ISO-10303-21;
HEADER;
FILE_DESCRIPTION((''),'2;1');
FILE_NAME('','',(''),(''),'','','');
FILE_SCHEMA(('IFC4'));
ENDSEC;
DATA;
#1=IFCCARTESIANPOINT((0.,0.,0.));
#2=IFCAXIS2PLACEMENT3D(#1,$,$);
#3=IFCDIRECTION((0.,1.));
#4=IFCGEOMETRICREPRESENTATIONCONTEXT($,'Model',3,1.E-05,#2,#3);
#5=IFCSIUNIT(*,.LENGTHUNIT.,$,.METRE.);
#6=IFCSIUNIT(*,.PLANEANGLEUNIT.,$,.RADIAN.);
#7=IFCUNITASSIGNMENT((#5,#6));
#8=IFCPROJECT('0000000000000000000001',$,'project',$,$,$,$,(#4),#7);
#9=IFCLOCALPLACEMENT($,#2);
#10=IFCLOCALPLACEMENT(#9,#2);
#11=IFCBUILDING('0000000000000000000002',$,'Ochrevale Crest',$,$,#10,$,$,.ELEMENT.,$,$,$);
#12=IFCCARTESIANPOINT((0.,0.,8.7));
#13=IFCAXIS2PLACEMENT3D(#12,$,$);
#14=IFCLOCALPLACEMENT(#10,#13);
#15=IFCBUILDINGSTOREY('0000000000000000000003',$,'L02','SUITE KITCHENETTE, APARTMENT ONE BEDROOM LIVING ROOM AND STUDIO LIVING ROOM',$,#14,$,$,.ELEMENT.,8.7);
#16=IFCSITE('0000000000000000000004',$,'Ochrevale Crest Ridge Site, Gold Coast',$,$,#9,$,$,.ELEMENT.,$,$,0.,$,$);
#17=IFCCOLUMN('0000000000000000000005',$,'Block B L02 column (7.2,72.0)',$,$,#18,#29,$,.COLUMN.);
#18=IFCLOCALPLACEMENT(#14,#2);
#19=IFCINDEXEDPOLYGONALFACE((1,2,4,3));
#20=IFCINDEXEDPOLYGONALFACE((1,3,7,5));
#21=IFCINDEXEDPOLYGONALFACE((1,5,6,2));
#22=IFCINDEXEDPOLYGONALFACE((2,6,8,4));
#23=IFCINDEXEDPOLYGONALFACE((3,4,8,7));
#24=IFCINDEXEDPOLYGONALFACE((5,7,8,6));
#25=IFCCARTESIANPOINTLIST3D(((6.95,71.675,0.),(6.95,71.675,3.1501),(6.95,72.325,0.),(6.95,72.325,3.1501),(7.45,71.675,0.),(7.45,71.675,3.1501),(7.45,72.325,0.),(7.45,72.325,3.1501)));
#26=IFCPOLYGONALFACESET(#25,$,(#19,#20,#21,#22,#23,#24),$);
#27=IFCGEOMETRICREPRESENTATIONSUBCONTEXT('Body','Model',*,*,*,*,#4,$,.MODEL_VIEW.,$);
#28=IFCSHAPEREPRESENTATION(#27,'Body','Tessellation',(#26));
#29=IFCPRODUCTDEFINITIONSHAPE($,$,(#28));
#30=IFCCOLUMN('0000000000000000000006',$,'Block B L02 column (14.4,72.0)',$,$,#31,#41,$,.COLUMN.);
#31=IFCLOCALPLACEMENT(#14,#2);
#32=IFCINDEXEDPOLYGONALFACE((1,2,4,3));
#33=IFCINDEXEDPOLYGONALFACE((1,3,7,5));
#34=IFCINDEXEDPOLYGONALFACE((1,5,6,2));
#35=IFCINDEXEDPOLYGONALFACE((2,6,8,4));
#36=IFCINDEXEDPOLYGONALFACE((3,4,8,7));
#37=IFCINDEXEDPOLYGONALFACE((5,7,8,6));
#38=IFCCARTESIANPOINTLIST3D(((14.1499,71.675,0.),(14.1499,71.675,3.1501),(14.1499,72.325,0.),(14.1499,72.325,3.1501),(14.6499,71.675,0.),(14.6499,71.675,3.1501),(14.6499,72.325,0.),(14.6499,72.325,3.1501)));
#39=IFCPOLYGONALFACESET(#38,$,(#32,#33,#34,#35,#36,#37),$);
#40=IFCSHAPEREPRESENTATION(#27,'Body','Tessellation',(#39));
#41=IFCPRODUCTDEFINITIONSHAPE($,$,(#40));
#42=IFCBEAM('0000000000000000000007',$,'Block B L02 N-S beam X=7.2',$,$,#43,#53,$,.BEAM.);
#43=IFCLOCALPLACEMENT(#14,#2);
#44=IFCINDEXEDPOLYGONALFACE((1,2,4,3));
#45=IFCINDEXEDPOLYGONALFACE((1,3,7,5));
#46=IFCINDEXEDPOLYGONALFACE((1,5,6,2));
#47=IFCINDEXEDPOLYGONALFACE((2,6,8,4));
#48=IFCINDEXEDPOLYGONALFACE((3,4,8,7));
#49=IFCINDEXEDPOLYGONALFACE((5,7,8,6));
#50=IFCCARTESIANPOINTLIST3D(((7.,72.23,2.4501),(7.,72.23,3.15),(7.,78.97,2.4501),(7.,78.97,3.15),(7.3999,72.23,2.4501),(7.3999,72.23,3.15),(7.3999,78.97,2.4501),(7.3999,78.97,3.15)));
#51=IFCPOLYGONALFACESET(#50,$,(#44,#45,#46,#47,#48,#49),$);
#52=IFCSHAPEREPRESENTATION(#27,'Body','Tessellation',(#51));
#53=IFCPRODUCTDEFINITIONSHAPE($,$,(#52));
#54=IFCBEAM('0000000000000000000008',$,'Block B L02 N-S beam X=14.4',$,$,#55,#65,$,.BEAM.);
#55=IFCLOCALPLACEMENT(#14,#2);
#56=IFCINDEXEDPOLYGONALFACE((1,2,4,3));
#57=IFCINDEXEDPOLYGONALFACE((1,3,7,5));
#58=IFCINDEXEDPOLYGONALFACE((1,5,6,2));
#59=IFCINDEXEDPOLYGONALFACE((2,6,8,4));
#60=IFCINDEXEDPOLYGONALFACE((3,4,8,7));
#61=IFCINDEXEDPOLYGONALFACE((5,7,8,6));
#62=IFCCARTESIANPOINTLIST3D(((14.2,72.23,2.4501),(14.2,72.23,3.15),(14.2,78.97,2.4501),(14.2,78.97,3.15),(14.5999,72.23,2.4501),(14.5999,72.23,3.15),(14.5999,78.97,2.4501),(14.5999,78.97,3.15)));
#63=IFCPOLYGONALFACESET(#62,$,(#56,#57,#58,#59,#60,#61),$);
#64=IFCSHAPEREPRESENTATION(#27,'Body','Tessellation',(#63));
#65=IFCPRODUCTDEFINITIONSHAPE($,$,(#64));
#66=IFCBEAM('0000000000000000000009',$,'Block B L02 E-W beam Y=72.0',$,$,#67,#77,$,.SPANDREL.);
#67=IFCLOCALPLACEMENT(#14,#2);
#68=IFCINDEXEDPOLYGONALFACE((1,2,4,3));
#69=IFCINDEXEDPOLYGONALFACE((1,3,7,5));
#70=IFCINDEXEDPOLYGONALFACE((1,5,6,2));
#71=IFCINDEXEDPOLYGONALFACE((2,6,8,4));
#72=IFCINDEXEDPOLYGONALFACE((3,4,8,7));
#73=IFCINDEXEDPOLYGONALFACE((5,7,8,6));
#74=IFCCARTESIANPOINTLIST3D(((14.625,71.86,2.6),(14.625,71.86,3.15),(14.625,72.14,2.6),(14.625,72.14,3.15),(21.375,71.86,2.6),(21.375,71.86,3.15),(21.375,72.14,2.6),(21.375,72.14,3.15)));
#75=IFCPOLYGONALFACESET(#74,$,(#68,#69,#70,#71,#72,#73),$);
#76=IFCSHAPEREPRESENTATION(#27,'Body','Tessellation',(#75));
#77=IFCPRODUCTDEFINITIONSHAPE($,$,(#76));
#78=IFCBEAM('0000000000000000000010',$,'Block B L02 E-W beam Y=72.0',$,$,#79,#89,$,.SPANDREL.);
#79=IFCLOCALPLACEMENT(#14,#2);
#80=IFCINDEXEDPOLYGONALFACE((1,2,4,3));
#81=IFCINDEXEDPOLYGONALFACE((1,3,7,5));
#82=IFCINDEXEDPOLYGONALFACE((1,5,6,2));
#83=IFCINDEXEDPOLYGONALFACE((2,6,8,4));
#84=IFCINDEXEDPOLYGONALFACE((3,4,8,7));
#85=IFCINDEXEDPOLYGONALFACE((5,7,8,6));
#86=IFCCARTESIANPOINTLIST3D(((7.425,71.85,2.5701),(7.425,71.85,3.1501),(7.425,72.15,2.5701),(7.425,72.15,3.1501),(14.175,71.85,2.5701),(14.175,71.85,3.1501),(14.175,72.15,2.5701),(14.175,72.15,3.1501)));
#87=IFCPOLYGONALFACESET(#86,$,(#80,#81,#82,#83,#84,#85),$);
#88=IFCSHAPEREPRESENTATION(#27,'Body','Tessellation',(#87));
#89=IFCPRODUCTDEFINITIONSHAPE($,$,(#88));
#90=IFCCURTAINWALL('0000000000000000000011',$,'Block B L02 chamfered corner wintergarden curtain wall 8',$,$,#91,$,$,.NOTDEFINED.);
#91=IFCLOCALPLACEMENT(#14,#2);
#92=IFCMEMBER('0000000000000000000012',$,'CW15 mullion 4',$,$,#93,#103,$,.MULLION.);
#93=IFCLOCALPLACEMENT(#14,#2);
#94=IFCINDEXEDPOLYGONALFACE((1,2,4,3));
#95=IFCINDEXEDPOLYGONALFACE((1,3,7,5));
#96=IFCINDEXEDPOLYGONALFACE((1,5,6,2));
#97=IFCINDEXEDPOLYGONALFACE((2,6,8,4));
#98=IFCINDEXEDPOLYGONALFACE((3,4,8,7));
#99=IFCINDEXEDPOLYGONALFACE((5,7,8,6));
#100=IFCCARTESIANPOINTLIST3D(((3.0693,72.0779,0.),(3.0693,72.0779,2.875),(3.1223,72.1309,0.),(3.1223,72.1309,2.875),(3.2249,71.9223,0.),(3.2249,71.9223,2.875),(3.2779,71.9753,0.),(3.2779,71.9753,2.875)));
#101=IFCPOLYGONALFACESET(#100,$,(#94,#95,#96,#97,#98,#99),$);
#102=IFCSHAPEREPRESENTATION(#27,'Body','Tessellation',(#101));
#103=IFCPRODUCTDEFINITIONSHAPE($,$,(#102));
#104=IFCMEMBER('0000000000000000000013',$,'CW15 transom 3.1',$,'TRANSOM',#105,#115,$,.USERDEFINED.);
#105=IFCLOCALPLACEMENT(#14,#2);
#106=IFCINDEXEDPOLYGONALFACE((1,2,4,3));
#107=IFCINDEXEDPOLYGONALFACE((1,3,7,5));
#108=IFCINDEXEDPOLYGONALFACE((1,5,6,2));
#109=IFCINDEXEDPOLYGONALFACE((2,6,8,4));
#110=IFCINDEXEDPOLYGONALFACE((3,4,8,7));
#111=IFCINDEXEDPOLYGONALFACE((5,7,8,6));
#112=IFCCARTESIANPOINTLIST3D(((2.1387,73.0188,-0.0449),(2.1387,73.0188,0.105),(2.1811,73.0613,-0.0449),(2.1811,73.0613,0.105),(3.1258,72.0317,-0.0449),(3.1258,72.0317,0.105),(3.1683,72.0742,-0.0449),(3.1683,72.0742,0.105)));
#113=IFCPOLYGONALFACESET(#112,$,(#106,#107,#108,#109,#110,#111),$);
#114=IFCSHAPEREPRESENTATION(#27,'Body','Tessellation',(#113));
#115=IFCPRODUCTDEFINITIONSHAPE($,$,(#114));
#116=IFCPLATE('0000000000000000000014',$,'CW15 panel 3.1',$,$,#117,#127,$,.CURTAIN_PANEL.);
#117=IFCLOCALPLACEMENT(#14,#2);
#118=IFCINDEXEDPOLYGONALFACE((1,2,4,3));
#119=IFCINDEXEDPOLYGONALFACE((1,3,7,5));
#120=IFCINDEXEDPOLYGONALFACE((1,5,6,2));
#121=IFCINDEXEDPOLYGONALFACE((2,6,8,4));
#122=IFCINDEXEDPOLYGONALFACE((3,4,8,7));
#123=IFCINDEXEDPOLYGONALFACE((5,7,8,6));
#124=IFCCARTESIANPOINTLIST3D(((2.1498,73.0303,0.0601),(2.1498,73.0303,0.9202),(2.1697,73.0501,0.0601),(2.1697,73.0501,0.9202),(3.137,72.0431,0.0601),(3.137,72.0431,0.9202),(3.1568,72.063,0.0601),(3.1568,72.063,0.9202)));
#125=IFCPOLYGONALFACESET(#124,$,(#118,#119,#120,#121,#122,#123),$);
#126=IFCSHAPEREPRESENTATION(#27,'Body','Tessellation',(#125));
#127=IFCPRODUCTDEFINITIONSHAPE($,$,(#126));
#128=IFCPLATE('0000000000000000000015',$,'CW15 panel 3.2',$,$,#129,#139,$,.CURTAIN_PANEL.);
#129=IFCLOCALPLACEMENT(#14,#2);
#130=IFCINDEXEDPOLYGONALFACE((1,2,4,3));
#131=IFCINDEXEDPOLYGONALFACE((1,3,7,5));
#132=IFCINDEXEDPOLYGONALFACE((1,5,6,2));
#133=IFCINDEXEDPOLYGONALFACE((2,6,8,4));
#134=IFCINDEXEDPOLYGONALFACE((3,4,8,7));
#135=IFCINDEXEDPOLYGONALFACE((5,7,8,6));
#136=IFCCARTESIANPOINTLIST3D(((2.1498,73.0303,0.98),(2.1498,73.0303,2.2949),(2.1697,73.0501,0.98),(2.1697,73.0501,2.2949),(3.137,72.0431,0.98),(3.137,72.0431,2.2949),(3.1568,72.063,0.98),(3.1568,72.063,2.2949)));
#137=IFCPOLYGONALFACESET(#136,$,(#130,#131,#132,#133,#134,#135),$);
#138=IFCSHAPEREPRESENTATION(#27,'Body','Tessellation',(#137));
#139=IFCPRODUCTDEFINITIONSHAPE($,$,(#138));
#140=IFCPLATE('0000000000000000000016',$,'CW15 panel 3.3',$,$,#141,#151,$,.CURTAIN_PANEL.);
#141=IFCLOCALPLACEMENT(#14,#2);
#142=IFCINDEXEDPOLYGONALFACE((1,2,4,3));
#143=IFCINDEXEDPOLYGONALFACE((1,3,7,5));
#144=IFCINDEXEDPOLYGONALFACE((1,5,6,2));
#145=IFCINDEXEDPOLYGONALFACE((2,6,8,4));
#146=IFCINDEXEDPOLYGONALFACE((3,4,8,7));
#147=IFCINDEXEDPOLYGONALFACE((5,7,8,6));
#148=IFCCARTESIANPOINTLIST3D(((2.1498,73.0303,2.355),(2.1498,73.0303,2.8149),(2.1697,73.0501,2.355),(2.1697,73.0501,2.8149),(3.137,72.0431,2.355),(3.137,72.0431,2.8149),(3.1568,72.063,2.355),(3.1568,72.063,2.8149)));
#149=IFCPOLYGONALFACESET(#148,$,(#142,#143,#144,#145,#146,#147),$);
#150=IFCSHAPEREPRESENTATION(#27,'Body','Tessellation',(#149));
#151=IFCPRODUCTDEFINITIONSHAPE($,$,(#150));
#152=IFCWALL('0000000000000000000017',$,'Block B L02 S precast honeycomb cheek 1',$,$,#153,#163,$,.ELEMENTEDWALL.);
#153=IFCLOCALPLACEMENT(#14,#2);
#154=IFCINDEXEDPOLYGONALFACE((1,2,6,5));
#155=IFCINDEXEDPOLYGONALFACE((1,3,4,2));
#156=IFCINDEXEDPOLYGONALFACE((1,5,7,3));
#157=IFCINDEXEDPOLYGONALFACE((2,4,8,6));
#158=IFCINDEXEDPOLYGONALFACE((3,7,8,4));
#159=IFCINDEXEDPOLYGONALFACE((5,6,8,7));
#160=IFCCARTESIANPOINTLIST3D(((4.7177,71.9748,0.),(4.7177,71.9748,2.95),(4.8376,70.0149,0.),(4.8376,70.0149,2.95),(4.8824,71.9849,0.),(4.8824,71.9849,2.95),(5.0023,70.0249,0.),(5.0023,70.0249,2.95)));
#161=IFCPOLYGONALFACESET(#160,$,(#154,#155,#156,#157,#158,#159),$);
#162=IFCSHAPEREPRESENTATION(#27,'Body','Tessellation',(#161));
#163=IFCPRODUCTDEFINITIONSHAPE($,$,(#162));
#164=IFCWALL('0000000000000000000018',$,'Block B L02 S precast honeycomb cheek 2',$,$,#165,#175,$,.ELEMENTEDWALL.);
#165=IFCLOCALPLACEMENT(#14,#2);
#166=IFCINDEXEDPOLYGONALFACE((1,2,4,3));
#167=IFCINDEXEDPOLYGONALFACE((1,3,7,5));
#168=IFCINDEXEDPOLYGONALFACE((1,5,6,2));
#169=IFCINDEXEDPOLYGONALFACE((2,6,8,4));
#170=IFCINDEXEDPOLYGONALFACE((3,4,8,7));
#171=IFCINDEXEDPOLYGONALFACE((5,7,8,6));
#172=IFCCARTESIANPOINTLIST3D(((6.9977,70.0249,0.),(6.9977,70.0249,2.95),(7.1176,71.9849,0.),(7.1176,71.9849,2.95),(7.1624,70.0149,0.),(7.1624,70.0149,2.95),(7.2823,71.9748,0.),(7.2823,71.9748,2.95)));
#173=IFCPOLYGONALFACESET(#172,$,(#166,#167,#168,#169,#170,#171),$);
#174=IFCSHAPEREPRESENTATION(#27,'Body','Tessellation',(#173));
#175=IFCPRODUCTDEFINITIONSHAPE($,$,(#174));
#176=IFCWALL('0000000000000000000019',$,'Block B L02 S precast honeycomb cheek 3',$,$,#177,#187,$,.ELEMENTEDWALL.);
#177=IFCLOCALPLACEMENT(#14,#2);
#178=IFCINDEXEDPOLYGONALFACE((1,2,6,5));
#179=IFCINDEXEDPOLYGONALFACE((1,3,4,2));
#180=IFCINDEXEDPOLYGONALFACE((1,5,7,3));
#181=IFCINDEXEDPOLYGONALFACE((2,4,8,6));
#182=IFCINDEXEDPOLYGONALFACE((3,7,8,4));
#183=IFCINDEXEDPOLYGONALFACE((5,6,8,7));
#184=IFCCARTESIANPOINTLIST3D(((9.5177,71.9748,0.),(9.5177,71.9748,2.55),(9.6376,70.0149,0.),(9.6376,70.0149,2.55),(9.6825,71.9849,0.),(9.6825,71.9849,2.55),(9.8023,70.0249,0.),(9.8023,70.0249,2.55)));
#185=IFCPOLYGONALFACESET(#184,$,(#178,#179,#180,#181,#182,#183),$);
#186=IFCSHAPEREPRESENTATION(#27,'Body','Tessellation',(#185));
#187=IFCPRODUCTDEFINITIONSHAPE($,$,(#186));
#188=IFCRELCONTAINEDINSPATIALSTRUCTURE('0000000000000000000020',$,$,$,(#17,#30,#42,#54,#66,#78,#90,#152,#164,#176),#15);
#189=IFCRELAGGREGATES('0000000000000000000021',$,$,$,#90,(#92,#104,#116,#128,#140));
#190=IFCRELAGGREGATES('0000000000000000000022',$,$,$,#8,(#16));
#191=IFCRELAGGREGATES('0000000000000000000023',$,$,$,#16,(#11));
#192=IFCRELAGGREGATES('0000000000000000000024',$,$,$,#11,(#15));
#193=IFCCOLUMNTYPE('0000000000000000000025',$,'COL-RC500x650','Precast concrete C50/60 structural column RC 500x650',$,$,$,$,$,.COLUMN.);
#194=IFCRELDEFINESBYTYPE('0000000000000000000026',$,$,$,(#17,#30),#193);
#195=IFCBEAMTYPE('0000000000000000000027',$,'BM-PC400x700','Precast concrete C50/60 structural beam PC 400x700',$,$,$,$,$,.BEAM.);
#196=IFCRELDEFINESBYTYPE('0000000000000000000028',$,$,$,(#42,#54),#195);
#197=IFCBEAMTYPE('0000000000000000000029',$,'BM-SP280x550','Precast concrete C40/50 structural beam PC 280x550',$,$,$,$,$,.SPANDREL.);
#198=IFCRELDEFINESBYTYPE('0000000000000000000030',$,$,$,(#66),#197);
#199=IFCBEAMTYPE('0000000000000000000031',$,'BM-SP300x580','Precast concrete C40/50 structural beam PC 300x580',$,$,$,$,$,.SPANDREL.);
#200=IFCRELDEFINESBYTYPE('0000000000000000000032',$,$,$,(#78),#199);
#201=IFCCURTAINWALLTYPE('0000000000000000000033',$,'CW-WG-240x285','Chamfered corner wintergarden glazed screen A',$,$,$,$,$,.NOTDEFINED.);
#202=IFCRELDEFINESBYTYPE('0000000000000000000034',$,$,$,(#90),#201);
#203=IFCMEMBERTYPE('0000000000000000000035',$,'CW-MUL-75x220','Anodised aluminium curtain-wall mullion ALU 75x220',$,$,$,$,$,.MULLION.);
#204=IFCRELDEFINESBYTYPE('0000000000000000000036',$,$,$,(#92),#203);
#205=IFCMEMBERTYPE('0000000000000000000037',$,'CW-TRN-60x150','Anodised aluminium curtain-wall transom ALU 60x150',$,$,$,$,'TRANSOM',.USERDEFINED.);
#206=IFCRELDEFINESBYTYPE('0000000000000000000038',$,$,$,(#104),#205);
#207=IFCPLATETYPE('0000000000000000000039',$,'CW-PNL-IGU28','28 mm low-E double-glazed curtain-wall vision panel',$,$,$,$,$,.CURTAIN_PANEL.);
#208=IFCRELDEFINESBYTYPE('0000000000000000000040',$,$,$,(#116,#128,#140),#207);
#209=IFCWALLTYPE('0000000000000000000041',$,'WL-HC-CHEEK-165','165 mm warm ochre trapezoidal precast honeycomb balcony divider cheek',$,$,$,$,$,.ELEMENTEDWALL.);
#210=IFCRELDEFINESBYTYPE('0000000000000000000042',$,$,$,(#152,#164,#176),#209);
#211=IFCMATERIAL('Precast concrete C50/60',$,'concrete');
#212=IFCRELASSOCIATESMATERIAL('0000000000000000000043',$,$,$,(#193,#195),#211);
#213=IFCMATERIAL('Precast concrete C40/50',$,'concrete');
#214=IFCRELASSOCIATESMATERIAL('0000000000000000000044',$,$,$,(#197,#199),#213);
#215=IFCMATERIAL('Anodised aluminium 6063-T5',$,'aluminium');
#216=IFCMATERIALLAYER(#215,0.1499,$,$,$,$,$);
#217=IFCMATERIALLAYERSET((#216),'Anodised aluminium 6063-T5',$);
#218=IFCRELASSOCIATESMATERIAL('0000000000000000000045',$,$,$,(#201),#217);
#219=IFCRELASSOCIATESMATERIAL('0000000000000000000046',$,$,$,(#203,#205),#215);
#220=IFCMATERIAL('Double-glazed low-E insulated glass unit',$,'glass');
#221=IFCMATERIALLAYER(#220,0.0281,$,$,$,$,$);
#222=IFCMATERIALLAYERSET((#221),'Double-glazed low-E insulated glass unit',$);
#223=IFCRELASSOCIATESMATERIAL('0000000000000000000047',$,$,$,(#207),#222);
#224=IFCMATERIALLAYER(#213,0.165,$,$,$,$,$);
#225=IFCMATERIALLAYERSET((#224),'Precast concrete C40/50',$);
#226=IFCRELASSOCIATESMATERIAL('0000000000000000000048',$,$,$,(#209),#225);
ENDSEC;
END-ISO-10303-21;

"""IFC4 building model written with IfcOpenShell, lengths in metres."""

from ifc_helpers import new_model, si_unit, direction, frame, frame_2d, origin, origin_2d, place, context, subcontext, project, spatial, rectangle, extrude, material, layer, layer_set, material_profile, profile_set, type_object, element, aggregate, save


model = new_model("IFC4")

# Units and contexts
model_context = context("Model", 3, precision=1e-05, world=origin(), true_north=direction((0.0, 1.0)))
body_context = subcontext(model_context, "Body", "Model", "MODEL_VIEW")
ifc_project = project(units=[si_unit("LENGTHUNIT", "METRE"), si_unit("PLANEANGLEUNIT", "RADIAN")], contexts=[model_context])

# Site, building, storey
site_placement = place(None, origin())
site = spatial("IfcSite", under=ifc_project, at=site_placement, Name="Ochrevale Crest Ridge Site, Gold Coast", CompositionType="ELEMENT", RefElevation=0.0)
building_placement = place(site_placement, origin())
building = spatial("IfcBuilding", under=site, at=building_placement, Name="Ochrevale Crest", CompositionType="ELEMENT")
storey_placement = place(building_placement, frame((0.0, 0.0, 8.7)))
storey = spatial("IfcBuildingStorey", under=building, at=storey_placement, Name="L02", Description="SUITE KITCHENETTE, APARTMENT ONE BEDROOM LIVING ROOM AND STUDIO LIVING ROOM", CompositionType="ELEMENT", Elevation=8.7)

# Columns
ifc_material_1 = material(Name="Precast concrete C50/60", Category="concrete")
ifc_material_profile_1 = material_profile(ifc_material_1, rectangle(XDim=0.5, YDim=0.6499, at=origin_2d()), Name="RC 500x650")
ifc_profile_set_1 = profile_set([ifc_material_profile_1], Name="Precast concrete C50/60")
column_type = type_object("IfcColumnType", Name="COL-RC500x650", Description="Precast concrete C50/60 structural column RC 500x650", PredefinedType="COLUMN", material=ifc_profile_set_1)
for number, where, z_axis, x_axis, name in (
    (1, (7.2, 72.0, 0.0), (0.0, 0.0, 1.0), (1.0, 0.0, 0.0), "Block B L02 column (7.2,72.0)"),
    (2, (14.3999, 72.0, 0.0), (0.0, 0.0, 1.0), (1.0, 0.0, 0.0), "Block B L02 column (14.4,72.0)"),
):
    element("IfcColumn", number, at=place(storey_placement, frame(where, z_axis=z_axis, x_axis=x_axis)), inside=storey, type_object=column_type, Name=name, PredefinedType="COLUMN", context=body_context, shape_type="SweptSolid", body=[
        extrude(rectangle(XDim=0.5, YDim=0.6499, at=origin_2d()), origin(), (0.0, 0.0, 1.0), 3.1501),
    ])

# Beams
ifc_material_profile_2 = material_profile(ifc_material_1, rectangle(XDim=0.3999, YDim=0.7, at=origin_2d()), Name="PC 400x700")
ifc_profile_set_2 = profile_set([ifc_material_profile_2], Name="Precast concrete C50/60")
beam_type_1 = type_object("IfcBeamType", Name="BM-PC400x700", Description="Precast concrete C50/60 structural beam PC 400x700", PredefinedType="BEAM", material=ifc_profile_set_2)
for number, where, z_axis, x_axis, name in (
    (3, (7.2, 72.23, 2.8), (0.0, 1.0, 0.0), (-1.0, 0.0, 0.0), "Block B L02 N-S beam X=7.2"),
    (4, (14.3999, 72.23, 2.8), (0.0, 1.0, 0.0), (-1.0, 0.0, 0.0), "Block B L02 N-S beam X=14.4"),
):
    element("IfcBeam", number, at=place(storey_placement, frame(where, z_axis=z_axis, x_axis=x_axis)), inside=storey, type_object=beam_type_1, Name=name, PredefinedType="BEAM", context=body_context, shape_type="SweptSolid", body=[
        extrude(rectangle(XDim=0.3999, YDim=0.7, at=origin_2d()), origin(), (0.0, 0.0, 1.0), 6.74),
    ])
ifc_material_2 = material(Name="Precast concrete C40/50", Category="concrete")
ifc_material_profile_3 = material_profile(ifc_material_2, rectangle(XDim=0.28, YDim=0.55, at=origin_2d()), Name="PC 280x550")
ifc_profile_set_3 = profile_set([ifc_material_profile_3], Name="Precast concrete C40/50")
beam_type_2 = type_object("IfcBeamType", Name="BM-SP280x550", Description="Precast concrete C40/50 structural beam PC 280x550", PredefinedType="SPANDREL", material=ifc_profile_set_3)
beam_1_placement = place(storey_placement, frame((14.625, 72.0, 2.875), z_axis=(1.0, 0.0, 0.0), x_axis=(0.0, 1.0, 0.0)))
element("IfcBeam", 5, at=beam_1_placement, inside=storey, type_object=beam_type_2, Name="Block B L02 E-W beam Y=72.0", PredefinedType="SPANDREL", context=body_context, shape_type="SweptSolid", body=[
    extrude(rectangle(XDim=0.28, YDim=0.55, at=origin_2d()), origin(), (0.0, 0.0, 1.0), 6.75),
])
ifc_material_profile_4 = material_profile(ifc_material_2, rectangle(XDim=0.3, YDim=0.5801, at=origin_2d()), Name="PC 300x580")
ifc_profile_set_4 = profile_set([ifc_material_profile_4], Name="Precast concrete C40/50")
beam_type_3 = type_object("IfcBeamType", Name="BM-SP300x580", Description="Precast concrete C40/50 structural beam PC 300x580", PredefinedType="SPANDREL", material=ifc_profile_set_4)
beam_2_placement = place(storey_placement, frame((7.425, 72.0, 2.8601), z_axis=(1.0, 0.0, 0.0), x_axis=(0.0, 1.0, 0.0)))
element("IfcBeam", 6, at=beam_2_placement, inside=storey, type_object=beam_type_3, Name="Block B L02 E-W beam Y=72.0", PredefinedType="SPANDREL", context=body_context, shape_type="SweptSolid", body=[
    extrude(rectangle(XDim=0.3, YDim=0.5801, at=origin_2d()), origin(), (0.0, 0.0, 1.0), 6.75),
])

# Curtain wall, members, plates
ifc_material_3 = material(Name="Anodised aluminium 6063-T5", Category="aluminium")
ifc_layer_1 = layer(ifc_material_3, 0.1499)
ifc_layer_set_1 = layer_set([ifc_layer_1], Name="Anodised aluminium 6063-T5")
curtain_wall_type = type_object("IfcCurtainWallType", Name="CW-WG-240x285", Description="Chamfered corner wintergarden glazed screen A", PredefinedType="NOTDEFINED", material=ifc_layer_set_1)
curtain_wall_placement = place(storey_placement, origin())
curtain_wall = element("IfcCurtainWall", 7, at=curtain_wall_placement, inside=storey, type_object=curtain_wall_type, Name="Block B L02 chamfered corner wintergarden curtain wall 8", PredefinedType="NOTDEFINED")
ifc_material_profile_5 = material_profile(ifc_material_3, rectangle(XDim=0.075, YDim=0.22, at=origin_2d()), Name="ALU 75x220")
ifc_profile_set_5 = profile_set([ifc_material_profile_5], Name="Anodised aluminium 6063-T5")
member_type_1 = type_object("IfcMemberType", Name="CW-MUL-75x220", Description="Anodised aluminium curtain-wall mullion ALU 75x220", PredefinedType="MULLION", material=ifc_profile_set_5)
member_1_placement = place(storey_placement, frame((3.1736, 72.0266, 0.0), z_axis=(0.0, 0.0, 1.0), x_axis=(0.707107, 0.707107, 0.0)))
member_1 = element("IfcMember", 8, at=member_1_placement, type_object=member_type_1, Name="CW15 mullion 4", PredefinedType="MULLION", context=body_context, shape_type="SweptSolid", body=[
    extrude(rectangle(XDim=0.075, YDim=0.22, at=origin_2d()), origin(), (0.0, 0.0, 1.0), 2.875),
])
ifc_material_profile_6 = material_profile(ifc_material_3, rectangle(XDim=0.0601, YDim=0.1499, at=origin_2d()), Name="ALU 60x150")
ifc_profile_set_6 = profile_set([ifc_material_profile_6], Name="Anodised aluminium 6063-T5")
member_type_2 = type_object("IfcMemberType", Name="CW-TRN-60x150", Description="Anodised aluminium curtain-wall transom ALU 60x150", ElementType="TRANSOM", PredefinedType="USERDEFINED", material=ifc_profile_set_6)
member_2_placement = place(storey_placement, frame((2.1599, 73.04, 0.03), z_axis=(0.707107, -0.707107, 0.0), x_axis=(0.707107, 0.707107, 0.0)))
member_2 = element("IfcMember", 9, at=member_2_placement, type_object=member_type_2, Name="CW15 transom 3.1", ObjectType="TRANSOM", PredefinedType="USERDEFINED", context=body_context, shape_type="SweptSolid", body=[
    extrude(rectangle(XDim=0.0601, YDim=0.1499, at=origin_2d()), origin(), (0.0, 0.0, 1.0), 1.396),
])
ifc_material_4 = material(Name="Double-glazed low-E insulated glass unit", Category="glass")
ifc_layer_2 = layer(ifc_material_4, 0.0281)
ifc_layer_set_2 = layer_set([ifc_layer_2], Name="Double-glazed low-E insulated glass unit")
plate_type = type_object("IfcPlateType", Name="CW-PNL-IGU28", Description="28 mm low-E double-glazed curtain-wall vision panel", PredefinedType="CURTAIN_PANEL", material=ifc_layer_set_2)
plate_1_placement = place(storey_placement, frame((2.6533, 72.5466, 0.0601), z_axis=(0.0, 0.0, 1.0), x_axis=(0.707107, -0.707107, 0.0)))
plate_1 = element("IfcPlate", 10, at=plate_1_placement, type_object=plate_type, Name="CW15 panel 3.1", PredefinedType="CURTAIN_PANEL", context=body_context, shape_type="SweptSolid", body=[
    extrude(rectangle(XDim=1.396, YDim=0.0281, at=origin_2d()), origin(), (0.0, 0.0, 1.0), 0.8601),
])
plate_2_placement = place(storey_placement, frame((2.6533, 72.5466, 0.98), z_axis=(0.0, 0.0, 1.0), x_axis=(0.707107, -0.707107, 0.0)))
plate_2 = element("IfcPlate", 11, at=plate_2_placement, type_object=plate_type, Name="CW15 panel 3.2", PredefinedType="CURTAIN_PANEL", context=body_context, shape_type="SweptSolid", body=[
    extrude(rectangle(XDim=1.396, YDim=0.0281, at=origin_2d()), origin(), (0.0, 0.0, 1.0), 1.3149),
])
plate_3_placement = place(storey_placement, frame((2.6533, 72.5466, 2.355), z_axis=(0.0, 0.0, 1.0), x_axis=(0.707107, -0.707107, 0.0)))
plate_3 = element("IfcPlate", 12, at=plate_3_placement, type_object=plate_type, Name="CW15 panel 3.3", PredefinedType="CURTAIN_PANEL", context=body_context, shape_type="SweptSolid", body=[
    extrude(rectangle(XDim=1.396, YDim=0.0281, at=origin_2d()), origin(), (0.0, 0.0, 1.0), 0.46),
])
aggregate(curtain_wall, [member_1, member_2, plate_1, plate_2, plate_3])

# Walls
ifc_layer_3 = layer(ifc_material_2, 0.165)
ifc_layer_set_3 = layer_set([ifc_layer_3], Name="Precast concrete C40/50")
wall_type_1 = type_object("IfcWallType", Name="WL-HC-CHEEK-165", Description="165 mm warm ochre trapezoidal precast honeycomb balcony divider cheek", PredefinedType="ELEMENTEDWALL", material=ifc_layer_set_3)
for number, where, z_axis, x_axis, name in (
    (13, (4.8, 71.98, 0.0), (0.0, 0.0, 1.0), (0.061047, -0.998135, 0.0), "Block B L02 S precast honeycomb cheek 1"),
    (14, (7.2, 71.98, 0.0), (0.0, 0.0, 1.0), (-0.061047, -0.998135, 0.0), "Block B L02 S precast honeycomb cheek 2"),
):
    element("IfcWall", number, at=place(storey_placement, frame(where, z_axis=z_axis, x_axis=x_axis)), inside=storey, type_object=wall_type_1, Name=name, PredefinedType="ELEMENTEDWALL", context=body_context, shape_type="SweptSolid", body=[
        extrude(rectangle(XDim=1.9636, YDim=0.165, at=frame_2d((0.9819, 0.0))), origin(), (0.0, 0.0, 1.0), 2.95),
    ])
for number, where, z_axis, x_axis, name in (
    (15, (9.6001, 71.98, 0.0), (0.0, 0.0, 1.0), (0.061047, -0.998135, 0.0), "Block B L02 S precast honeycomb cheek 3"),
):
    element("IfcWall", number, at=place(storey_placement, frame(where, z_axis=z_axis, x_axis=x_axis)), inside=storey, type_object=wall_type_1, Name=name, PredefinedType="ELEMENTEDWALL", context=body_context, shape_type="SweptSolid", body=[
        extrude(rectangle(XDim=1.9636, YDim=0.165, at=frame_2d((0.9819, 0.0))), origin(), (0.0, 0.0, 1.0), 2.55),
    ])

save(model, "model.ifc")
